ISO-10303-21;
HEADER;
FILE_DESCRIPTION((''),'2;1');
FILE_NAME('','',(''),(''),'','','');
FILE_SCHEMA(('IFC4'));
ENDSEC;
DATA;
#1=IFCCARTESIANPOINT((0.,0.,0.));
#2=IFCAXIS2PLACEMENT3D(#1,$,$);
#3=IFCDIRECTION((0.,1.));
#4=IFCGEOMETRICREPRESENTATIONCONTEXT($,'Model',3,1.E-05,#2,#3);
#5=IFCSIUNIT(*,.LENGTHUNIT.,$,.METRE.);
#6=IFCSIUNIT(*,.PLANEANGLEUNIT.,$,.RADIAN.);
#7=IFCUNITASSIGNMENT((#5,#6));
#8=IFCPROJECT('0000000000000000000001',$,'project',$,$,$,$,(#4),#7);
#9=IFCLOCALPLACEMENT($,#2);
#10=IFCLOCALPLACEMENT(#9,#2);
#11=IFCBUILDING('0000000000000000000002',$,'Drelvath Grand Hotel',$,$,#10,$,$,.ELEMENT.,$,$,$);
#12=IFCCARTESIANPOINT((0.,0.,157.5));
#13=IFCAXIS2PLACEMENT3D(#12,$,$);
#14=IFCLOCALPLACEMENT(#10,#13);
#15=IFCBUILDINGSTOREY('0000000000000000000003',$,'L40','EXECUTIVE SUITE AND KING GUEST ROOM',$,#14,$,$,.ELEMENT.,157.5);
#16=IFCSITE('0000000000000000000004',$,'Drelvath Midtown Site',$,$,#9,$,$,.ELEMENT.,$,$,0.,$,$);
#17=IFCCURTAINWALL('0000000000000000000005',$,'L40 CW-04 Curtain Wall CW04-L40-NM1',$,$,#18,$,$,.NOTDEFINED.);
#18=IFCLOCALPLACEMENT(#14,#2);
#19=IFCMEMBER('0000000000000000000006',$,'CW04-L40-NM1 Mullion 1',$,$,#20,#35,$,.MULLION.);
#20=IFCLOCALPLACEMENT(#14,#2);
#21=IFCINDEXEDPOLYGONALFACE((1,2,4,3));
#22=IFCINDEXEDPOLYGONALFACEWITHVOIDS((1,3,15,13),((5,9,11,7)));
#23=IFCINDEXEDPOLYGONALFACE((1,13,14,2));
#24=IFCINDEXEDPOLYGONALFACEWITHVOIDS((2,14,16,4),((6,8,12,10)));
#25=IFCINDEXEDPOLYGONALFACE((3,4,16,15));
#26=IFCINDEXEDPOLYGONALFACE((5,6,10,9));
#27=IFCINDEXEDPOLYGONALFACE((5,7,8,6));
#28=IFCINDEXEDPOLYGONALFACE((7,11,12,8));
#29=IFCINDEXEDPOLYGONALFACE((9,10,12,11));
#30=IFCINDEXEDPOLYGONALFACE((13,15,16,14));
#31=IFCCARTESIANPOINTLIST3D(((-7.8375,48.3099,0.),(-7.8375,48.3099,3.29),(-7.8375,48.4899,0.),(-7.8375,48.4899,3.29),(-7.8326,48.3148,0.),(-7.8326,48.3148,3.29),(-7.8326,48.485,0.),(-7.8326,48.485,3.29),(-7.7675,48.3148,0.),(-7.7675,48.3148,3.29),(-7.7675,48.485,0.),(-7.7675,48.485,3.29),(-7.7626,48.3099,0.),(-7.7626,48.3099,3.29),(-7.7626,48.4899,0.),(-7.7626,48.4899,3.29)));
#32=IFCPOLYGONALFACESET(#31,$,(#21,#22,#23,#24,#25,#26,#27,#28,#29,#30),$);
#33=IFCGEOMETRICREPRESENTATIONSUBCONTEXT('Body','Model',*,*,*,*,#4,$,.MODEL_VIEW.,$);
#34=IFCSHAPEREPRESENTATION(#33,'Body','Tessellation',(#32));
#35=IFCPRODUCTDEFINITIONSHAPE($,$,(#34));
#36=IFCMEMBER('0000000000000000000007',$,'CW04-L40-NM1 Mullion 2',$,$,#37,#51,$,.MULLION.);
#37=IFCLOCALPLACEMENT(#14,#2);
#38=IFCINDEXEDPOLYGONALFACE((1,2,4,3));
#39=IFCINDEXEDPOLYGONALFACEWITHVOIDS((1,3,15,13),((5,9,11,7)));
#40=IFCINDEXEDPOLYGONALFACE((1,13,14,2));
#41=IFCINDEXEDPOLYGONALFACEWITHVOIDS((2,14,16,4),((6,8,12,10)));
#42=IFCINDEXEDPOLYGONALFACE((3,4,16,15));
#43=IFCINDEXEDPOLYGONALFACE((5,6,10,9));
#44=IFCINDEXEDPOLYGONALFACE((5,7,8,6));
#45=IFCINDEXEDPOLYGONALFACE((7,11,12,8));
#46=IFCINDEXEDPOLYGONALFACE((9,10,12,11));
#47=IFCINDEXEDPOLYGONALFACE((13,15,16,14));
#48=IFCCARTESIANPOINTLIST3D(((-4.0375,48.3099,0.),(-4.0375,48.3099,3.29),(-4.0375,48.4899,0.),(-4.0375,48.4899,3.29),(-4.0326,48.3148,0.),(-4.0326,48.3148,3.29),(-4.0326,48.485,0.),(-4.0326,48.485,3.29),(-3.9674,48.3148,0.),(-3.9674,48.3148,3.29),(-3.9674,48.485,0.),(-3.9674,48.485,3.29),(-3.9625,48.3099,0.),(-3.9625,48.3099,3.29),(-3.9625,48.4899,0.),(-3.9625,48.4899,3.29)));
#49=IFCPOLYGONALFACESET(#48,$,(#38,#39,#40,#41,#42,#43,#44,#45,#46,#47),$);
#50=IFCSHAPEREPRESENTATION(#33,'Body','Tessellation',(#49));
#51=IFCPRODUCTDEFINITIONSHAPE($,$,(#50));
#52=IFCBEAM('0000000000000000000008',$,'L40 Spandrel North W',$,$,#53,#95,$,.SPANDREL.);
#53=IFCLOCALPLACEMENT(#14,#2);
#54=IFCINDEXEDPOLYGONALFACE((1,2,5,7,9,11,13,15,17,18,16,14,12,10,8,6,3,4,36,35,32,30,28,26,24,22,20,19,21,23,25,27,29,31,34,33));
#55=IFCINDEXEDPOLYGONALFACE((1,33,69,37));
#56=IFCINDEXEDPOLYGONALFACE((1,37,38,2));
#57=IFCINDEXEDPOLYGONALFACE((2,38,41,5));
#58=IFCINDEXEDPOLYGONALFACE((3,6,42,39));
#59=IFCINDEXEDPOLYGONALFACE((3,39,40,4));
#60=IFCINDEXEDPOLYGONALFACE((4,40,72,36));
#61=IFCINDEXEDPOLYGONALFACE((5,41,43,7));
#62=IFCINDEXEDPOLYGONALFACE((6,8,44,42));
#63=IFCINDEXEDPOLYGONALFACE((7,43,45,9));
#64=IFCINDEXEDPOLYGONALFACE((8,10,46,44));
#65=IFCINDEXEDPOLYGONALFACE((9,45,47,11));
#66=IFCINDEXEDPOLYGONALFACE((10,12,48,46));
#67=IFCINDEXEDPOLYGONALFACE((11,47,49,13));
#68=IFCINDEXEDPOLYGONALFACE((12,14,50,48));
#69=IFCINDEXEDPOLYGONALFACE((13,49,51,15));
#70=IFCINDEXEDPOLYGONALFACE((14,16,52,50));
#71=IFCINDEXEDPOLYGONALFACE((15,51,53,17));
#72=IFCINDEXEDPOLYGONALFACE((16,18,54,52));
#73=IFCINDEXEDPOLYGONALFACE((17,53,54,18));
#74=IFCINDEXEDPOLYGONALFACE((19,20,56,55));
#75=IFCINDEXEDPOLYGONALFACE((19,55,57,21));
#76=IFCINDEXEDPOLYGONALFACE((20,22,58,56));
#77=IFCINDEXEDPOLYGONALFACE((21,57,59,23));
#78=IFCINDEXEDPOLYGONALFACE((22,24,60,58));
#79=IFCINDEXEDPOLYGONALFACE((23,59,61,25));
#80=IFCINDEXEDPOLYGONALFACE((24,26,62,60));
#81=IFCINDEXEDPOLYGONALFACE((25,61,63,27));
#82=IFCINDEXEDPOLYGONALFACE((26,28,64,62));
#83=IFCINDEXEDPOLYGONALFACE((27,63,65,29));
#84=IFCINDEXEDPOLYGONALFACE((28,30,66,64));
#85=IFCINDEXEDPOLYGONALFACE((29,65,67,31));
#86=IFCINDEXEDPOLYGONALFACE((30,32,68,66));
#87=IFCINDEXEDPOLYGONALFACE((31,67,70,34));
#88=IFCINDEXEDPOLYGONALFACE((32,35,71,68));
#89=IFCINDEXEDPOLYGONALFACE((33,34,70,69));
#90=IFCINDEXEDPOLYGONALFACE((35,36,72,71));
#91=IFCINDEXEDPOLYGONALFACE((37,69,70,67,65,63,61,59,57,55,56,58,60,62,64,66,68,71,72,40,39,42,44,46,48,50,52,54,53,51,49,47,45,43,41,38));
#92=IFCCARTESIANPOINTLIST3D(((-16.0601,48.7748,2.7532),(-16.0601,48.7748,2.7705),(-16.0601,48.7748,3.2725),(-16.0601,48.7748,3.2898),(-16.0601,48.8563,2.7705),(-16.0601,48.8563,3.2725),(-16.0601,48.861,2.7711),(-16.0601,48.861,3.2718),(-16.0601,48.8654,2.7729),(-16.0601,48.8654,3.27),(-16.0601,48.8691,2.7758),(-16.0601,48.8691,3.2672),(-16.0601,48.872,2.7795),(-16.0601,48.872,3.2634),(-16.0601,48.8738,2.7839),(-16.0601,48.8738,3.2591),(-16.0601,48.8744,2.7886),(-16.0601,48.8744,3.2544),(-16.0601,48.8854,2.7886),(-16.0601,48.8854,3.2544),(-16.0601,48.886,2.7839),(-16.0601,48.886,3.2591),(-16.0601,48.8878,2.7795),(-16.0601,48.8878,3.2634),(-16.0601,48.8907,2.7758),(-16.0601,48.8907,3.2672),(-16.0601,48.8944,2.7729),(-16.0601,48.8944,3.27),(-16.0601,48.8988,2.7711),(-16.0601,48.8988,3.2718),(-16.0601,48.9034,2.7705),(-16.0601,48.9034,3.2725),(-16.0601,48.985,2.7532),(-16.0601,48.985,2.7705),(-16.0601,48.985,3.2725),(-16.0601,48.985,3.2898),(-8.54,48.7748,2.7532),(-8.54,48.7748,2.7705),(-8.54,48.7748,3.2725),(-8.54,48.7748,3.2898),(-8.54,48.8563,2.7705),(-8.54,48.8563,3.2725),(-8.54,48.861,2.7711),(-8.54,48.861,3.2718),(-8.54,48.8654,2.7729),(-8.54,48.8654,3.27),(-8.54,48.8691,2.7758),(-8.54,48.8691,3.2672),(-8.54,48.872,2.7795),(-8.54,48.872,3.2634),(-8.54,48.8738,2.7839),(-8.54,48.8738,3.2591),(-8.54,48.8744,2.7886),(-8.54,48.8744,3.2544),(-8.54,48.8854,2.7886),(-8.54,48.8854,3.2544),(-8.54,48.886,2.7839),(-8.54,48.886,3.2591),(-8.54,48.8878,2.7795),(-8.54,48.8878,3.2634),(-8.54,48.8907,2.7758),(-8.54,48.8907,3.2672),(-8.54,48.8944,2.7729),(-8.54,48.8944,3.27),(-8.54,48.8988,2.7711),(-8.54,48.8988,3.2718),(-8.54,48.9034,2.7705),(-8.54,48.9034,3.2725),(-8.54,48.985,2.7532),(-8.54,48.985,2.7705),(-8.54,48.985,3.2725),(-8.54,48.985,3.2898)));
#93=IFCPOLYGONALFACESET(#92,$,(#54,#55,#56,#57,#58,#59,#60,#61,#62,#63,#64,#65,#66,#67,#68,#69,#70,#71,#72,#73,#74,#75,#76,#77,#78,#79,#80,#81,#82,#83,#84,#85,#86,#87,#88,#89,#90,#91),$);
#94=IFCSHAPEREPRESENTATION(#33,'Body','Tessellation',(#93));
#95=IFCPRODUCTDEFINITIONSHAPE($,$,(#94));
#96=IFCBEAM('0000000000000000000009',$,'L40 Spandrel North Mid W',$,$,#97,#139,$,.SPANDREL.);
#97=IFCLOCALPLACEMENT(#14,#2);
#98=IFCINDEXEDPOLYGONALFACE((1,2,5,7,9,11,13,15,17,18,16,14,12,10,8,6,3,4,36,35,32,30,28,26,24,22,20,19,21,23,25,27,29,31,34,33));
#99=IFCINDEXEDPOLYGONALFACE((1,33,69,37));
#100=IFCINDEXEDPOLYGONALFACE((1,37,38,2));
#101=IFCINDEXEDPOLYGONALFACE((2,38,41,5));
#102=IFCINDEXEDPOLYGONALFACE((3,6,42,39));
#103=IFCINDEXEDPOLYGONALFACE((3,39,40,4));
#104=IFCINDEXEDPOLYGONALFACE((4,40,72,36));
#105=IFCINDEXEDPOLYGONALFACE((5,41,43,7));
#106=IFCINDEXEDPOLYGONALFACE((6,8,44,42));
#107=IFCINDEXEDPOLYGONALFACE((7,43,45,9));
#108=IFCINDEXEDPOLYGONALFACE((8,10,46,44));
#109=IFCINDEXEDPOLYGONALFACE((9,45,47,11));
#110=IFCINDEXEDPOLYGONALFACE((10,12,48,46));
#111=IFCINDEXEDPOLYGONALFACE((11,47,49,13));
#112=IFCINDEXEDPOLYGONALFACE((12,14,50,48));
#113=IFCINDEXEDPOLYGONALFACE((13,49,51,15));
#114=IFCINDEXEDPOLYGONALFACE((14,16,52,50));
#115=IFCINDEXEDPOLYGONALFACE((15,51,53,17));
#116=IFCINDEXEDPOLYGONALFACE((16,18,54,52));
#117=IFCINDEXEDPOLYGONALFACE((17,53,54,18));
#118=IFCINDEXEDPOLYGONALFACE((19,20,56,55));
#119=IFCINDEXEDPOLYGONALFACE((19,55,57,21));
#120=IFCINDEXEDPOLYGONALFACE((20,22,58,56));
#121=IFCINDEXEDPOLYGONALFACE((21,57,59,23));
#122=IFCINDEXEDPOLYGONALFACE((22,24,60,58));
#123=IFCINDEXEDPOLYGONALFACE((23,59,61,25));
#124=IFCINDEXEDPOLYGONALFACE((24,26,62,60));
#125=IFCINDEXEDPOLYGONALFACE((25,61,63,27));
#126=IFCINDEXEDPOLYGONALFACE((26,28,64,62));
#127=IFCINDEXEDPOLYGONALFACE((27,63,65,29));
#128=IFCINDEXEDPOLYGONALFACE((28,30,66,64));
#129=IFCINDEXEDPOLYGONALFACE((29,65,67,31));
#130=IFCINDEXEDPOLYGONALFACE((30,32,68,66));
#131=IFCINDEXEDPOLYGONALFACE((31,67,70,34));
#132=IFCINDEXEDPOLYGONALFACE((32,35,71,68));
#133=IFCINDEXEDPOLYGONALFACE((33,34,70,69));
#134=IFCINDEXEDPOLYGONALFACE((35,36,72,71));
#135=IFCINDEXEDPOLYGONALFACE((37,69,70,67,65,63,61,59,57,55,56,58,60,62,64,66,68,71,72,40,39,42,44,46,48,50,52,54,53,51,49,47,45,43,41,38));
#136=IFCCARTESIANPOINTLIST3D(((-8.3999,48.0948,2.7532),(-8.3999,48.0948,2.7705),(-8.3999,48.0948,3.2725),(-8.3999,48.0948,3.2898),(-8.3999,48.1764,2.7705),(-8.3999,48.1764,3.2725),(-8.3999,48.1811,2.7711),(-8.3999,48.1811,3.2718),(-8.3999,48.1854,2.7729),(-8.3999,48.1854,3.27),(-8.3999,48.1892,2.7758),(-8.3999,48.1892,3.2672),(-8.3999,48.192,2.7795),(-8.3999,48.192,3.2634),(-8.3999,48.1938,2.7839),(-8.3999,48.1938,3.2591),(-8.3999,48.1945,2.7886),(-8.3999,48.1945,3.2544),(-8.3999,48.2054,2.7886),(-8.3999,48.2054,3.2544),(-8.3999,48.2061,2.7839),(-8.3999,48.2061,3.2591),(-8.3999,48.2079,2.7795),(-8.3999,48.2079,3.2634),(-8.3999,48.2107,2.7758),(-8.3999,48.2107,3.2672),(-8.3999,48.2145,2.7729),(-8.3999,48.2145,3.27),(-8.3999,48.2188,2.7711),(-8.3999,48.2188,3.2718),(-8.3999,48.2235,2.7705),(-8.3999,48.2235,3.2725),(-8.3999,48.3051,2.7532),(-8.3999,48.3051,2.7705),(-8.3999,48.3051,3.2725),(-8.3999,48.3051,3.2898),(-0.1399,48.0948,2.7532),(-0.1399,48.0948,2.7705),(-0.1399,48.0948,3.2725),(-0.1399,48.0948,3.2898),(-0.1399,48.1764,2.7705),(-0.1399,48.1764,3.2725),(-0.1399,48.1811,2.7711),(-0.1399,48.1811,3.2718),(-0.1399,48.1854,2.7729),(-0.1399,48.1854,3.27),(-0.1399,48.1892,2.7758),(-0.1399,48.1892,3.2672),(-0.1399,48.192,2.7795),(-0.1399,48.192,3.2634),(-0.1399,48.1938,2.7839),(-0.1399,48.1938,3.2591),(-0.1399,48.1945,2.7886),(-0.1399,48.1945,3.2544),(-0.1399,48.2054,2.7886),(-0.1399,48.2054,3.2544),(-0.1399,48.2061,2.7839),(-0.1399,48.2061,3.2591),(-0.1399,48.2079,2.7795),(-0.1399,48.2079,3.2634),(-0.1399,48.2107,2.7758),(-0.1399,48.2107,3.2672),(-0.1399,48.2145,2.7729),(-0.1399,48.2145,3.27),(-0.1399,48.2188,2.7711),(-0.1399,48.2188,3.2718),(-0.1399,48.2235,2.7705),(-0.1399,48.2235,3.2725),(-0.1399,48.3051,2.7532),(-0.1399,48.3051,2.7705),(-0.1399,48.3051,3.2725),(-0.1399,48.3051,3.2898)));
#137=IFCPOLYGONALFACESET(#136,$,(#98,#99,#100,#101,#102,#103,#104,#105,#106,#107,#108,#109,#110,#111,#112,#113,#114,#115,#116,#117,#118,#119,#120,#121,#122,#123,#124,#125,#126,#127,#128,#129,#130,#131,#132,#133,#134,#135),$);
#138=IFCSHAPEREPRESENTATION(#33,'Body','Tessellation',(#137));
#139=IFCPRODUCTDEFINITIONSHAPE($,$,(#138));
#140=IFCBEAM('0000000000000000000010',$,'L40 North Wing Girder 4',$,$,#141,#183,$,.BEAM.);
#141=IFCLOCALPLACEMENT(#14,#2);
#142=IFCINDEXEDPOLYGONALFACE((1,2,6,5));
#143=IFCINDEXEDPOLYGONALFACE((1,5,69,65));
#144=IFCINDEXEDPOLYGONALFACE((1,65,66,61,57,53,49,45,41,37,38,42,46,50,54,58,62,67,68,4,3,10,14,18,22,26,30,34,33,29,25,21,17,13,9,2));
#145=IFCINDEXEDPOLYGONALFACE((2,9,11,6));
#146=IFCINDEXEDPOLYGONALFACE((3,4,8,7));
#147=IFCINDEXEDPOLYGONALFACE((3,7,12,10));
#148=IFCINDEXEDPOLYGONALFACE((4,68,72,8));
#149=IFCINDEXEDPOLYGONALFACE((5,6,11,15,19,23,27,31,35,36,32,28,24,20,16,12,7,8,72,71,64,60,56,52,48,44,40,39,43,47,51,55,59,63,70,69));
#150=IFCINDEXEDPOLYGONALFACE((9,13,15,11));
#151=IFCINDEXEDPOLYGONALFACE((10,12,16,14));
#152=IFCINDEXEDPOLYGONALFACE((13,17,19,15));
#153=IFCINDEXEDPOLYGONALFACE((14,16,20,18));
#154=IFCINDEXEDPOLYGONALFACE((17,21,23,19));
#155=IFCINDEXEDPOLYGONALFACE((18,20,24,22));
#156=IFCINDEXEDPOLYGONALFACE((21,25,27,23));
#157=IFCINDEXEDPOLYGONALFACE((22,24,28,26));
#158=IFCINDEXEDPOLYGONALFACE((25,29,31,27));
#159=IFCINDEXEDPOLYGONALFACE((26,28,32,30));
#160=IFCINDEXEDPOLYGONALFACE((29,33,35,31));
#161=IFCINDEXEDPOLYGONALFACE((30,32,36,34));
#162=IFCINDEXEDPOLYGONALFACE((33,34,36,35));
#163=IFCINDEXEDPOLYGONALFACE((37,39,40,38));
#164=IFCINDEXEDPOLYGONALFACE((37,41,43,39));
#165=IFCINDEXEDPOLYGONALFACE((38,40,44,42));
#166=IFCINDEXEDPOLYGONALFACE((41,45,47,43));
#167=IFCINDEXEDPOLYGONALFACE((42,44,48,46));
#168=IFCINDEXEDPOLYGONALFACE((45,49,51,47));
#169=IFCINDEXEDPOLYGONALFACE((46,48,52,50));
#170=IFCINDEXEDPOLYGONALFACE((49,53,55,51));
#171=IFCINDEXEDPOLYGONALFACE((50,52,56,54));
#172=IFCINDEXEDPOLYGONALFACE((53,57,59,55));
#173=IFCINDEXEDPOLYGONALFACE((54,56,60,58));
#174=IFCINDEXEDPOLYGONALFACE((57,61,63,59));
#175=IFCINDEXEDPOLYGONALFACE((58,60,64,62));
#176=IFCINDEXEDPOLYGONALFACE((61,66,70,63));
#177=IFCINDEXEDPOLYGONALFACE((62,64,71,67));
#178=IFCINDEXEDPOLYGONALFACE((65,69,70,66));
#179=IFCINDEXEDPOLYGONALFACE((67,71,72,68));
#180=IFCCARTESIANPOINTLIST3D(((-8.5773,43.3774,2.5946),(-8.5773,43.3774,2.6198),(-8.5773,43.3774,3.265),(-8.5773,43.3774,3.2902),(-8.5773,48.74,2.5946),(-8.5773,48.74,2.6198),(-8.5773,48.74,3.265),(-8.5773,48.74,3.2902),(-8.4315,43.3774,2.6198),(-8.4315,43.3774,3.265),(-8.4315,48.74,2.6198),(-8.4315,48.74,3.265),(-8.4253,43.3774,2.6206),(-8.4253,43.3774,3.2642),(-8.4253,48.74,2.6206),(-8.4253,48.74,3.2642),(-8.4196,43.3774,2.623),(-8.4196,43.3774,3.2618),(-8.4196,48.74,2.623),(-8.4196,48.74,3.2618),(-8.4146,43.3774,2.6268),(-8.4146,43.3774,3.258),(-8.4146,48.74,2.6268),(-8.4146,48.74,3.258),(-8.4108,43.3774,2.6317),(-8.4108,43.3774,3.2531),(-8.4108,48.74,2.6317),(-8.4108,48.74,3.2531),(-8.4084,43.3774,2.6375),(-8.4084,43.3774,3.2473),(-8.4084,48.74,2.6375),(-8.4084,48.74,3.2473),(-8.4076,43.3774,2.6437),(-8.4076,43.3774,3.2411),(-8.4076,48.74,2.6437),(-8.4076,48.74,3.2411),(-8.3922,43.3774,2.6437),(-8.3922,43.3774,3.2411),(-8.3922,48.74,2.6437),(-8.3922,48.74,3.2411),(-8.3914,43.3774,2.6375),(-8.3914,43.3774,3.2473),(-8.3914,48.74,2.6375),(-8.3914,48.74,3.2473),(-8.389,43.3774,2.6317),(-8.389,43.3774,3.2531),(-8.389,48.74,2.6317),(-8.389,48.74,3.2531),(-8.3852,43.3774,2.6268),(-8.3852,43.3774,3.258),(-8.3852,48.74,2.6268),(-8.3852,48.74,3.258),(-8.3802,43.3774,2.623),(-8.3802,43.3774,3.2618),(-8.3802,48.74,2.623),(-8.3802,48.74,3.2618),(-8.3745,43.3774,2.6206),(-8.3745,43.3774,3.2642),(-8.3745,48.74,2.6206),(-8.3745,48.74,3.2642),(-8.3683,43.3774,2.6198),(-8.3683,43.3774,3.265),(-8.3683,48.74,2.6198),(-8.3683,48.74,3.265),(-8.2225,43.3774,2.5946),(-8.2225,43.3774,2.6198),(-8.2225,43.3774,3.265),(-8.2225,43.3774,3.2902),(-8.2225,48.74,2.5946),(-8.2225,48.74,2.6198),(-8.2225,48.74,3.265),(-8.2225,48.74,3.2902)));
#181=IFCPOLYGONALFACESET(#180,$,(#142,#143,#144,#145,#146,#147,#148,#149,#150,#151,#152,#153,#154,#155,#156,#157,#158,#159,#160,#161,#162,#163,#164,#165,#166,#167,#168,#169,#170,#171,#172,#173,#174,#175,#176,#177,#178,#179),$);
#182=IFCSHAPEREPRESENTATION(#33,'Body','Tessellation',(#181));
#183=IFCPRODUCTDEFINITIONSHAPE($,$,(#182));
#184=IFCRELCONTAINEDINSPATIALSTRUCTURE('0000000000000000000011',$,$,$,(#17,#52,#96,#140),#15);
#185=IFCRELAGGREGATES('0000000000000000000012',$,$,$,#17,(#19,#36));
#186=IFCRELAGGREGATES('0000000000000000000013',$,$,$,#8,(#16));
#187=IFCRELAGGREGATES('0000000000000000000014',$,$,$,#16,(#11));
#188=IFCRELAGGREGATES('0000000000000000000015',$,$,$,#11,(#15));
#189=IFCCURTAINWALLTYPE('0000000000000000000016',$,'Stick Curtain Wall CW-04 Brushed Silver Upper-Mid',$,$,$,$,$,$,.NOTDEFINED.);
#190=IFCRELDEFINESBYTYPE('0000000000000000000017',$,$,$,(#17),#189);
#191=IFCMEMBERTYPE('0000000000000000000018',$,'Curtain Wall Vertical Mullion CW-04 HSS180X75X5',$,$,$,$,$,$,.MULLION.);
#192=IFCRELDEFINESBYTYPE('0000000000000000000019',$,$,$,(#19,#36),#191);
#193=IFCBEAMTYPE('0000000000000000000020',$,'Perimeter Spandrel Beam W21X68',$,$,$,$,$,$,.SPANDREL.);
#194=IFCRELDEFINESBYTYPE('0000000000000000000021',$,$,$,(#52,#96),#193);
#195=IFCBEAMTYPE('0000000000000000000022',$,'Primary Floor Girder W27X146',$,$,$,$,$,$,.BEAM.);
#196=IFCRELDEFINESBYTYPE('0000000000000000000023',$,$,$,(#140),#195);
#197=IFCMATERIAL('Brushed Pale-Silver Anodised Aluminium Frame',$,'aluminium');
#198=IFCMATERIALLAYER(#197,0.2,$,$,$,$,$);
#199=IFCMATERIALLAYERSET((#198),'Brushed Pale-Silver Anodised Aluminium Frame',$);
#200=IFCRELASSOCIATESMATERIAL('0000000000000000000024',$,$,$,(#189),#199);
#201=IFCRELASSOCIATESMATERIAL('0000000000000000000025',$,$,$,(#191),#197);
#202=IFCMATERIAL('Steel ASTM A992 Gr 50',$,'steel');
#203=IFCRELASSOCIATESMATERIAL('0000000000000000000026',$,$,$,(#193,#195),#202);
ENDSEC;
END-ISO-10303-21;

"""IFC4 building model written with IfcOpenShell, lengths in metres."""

from ifc_helpers import new_model, si_unit, direction, frame, origin, origin_2d, place, context, subcontext, project, spatial, hollow_rectangle, i_section, extrude, material, layer, layer_set, material_profile, profile_set, type_object, element, aggregate, save


model = new_model("IFC4")

# Units and contexts
model_context = context("Model", 3, precision=1e-05, world=origin(), true_north=direction((0.0, 1.0)))
body_context = subcontext(model_context, "Body", "Model", "MODEL_VIEW")
ifc_project = project(units=[si_unit("LENGTHUNIT", "METRE"), si_unit("PLANEANGLEUNIT", "RADIAN")], contexts=[model_context])

# Site, building, storey
site_placement = place(None, origin())
site = spatial("IfcSite", under=ifc_project, at=site_placement, Name="Drelvath Midtown Site", CompositionType="ELEMENT", RefElevation=0.0)
building_placement = place(site_placement, origin())
building = spatial("IfcBuilding", under=site, at=building_placement, Name="Drelvath Grand Hotel", CompositionType="ELEMENT")
storey_placement = place(building_placement, frame((0.0, 0.0, 157.5)))
storey = spatial("IfcBuildingStorey", under=building, at=storey_placement, Name="L40", Description="EXECUTIVE SUITE AND KING GUEST ROOM", CompositionType="ELEMENT", Elevation=157.5)

# Curtain wall
ifc_material_1 = material(Name="Brushed Pale-Silver Anodised Aluminium Frame", Category="aluminium")
ifc_layer_1 = layer(ifc_material_1, 0.2)
ifc_layer_set_1 = layer_set([ifc_layer_1], Name="Brushed Pale-Silver Anodised Aluminium Frame")
curtain_wall_type = type_object("IfcCurtainWallType", Name="Stick Curtain Wall CW-04 Brushed Silver Upper-Mid", PredefinedType="NOTDEFINED", material=ifc_layer_set_1)
curtain_wall_1_placement = place(storey_placement, origin())
curtain_wall_1 = element("IfcCurtainWall", 1, at=curtain_wall_1_placement, inside=storey, type_object=curtain_wall_type, Name="L40 CW-04 Curtain Wall CW04-L40-NM1", PredefinedType="NOTDEFINED")

# Members
ifc_material_profile_1 = material_profile(ifc_material_1, hollow_rectangle(XDim=0.075, YDim=0.1799, WallThickness=0.0049, at=origin_2d()), Name="HSS180X75X5")
ifc_profile_set_1 = profile_set([ifc_material_profile_1], Name="Brushed Pale-Silver Anodised Aluminium Frame")
member_type_1 = type_object("IfcMemberType", Name="Curtain Wall Vertical Mullion CW-04 HSS180X75X5", PredefinedType="MULLION", material=ifc_profile_set_1)
member_1_placement = place(storey_placement, frame((-7.8, 48.3999, 0.0), z_axis=(0.0, 0.0, 1.0), x_axis=(1.0, 0.0, 0.0)))
member_1 = element("IfcMember", 2, at=member_1_placement, type_object=member_type_1, Name="CW04-L40-NM1 Mullion 1", PredefinedType="MULLION", context=body_context, shape_type="SweptSolid", body=[
    extrude(hollow_rectangle(XDim=0.075, YDim=0.1799, WallThickness=0.0049, at=origin_2d()), origin(), (0.0, 0.0, 1.0), 3.29),
])
member_2_placement = place(storey_placement, frame((-4.0, 48.3999, 0.0), z_axis=(0.0, 0.0, 1.0), x_axis=(1.0, 0.0, 0.0)))
member_2 = element("IfcMember", 3, at=member_2_placement, type_object=member_type_1, Name="CW04-L40-NM1 Mullion 2", PredefinedType="MULLION", context=body_context, shape_type="SweptSolid", body=[
    extrude(hollow_rectangle(XDim=0.075, YDim=0.1799, WallThickness=0.0049, at=origin_2d()), origin(), (0.0, 0.0, 1.0), 3.29),
])

# Beams
ifc_material_2 = material(Name="Steel ASTM A992 Gr 50", Category="steel")
ifc_material_profile_2 = material_profile(ifc_material_2, i_section(OverallWidth=0.2102, OverallDepth=0.5366, WebThickness=0.011, FlangeThickness=0.0173, FilletRadius=0.0181, at=origin_2d()), Name="W21X68")
ifc_profile_set_2 = profile_set([ifc_material_profile_2], Name="Steel ASTM A992 Gr 50")
beam_type_1 = type_object("IfcBeamType", Name="Perimeter Spandrel Beam W21X68", PredefinedType="SPANDREL", material=ifc_profile_set_2)
beam_1_placement = place(storey_placement, frame((-16.0601, 48.8799, 3.0215), z_axis=(1.0, 0.0, 0.0), x_axis=(0.0, 1.0, 0.0)))
element("IfcBeam", 4, at=beam_1_placement, inside=storey, type_object=beam_type_1, Name="L40 Spandrel North W", PredefinedType="SPANDREL", context=body_context, shape_type="SweptSolid", body=[
    extrude(i_section(OverallWidth=0.2102, OverallDepth=0.5366, WebThickness=0.011, FlangeThickness=0.0173, FilletRadius=0.0181, at=origin_2d()), origin(), (0.0, 0.0, 1.0), 7.52),
])
beam_2_placement = place(storey_placement, frame((-8.3999, 48.2, 3.0215), z_axis=(1.0, 0.0, 0.0), x_axis=(0.0, 1.0, 0.0)))
element("IfcBeam", 5, at=beam_2_placement, inside=storey, type_object=beam_type_1, Name="L40 Spandrel North Mid W", PredefinedType="SPANDREL", context=body_context, shape_type="SweptSolid", body=[
    extrude(i_section(OverallWidth=0.2102, OverallDepth=0.5366, WebThickness=0.011, FlangeThickness=0.0173, FilletRadius=0.0181, at=origin_2d()), origin(), (0.0, 0.0, 1.0), 8.26),
])
ifc_material_profile_3 = material_profile(ifc_material_2, i_section(OverallWidth=0.3547, OverallDepth=0.6956, WebThickness=0.0154, FlangeThickness=0.0251, FilletRadius=0.0239, at=origin_2d()), Name="W27X146")
ifc_profile_set_3 = profile_set([ifc_material_profile_3], Name="Steel ASTM A992 Gr 50")
beam_type_2 = type_object("IfcBeamType", Name="Primary Floor Girder W27X146", PredefinedType="BEAM", material=ifc_profile_set_3)
beam_3_placement = place(storey_placement, frame((-8.3999, 43.3774, 2.9424), z_axis=(0.0, 1.0, 0.0), x_axis=(-1.0, 0.0, 0.0)))
element("IfcBeam", 6, at=beam_3_placement, inside=storey, type_object=beam_type_2, Name="L40 North Wing Girder 4", PredefinedType="BEAM", context=body_context, shape_type="SweptSolid", body=[
    extrude(i_section(OverallWidth=0.3547, OverallDepth=0.6956, WebThickness=0.0154, FlangeThickness=0.0251, FilletRadius=0.0239, at=origin_2d()), origin(), (0.0, 0.0, 1.0), 5.3625),
])

aggregate(curtain_wall_1, [member_1, member_2])

save(model, "model.ifc")
